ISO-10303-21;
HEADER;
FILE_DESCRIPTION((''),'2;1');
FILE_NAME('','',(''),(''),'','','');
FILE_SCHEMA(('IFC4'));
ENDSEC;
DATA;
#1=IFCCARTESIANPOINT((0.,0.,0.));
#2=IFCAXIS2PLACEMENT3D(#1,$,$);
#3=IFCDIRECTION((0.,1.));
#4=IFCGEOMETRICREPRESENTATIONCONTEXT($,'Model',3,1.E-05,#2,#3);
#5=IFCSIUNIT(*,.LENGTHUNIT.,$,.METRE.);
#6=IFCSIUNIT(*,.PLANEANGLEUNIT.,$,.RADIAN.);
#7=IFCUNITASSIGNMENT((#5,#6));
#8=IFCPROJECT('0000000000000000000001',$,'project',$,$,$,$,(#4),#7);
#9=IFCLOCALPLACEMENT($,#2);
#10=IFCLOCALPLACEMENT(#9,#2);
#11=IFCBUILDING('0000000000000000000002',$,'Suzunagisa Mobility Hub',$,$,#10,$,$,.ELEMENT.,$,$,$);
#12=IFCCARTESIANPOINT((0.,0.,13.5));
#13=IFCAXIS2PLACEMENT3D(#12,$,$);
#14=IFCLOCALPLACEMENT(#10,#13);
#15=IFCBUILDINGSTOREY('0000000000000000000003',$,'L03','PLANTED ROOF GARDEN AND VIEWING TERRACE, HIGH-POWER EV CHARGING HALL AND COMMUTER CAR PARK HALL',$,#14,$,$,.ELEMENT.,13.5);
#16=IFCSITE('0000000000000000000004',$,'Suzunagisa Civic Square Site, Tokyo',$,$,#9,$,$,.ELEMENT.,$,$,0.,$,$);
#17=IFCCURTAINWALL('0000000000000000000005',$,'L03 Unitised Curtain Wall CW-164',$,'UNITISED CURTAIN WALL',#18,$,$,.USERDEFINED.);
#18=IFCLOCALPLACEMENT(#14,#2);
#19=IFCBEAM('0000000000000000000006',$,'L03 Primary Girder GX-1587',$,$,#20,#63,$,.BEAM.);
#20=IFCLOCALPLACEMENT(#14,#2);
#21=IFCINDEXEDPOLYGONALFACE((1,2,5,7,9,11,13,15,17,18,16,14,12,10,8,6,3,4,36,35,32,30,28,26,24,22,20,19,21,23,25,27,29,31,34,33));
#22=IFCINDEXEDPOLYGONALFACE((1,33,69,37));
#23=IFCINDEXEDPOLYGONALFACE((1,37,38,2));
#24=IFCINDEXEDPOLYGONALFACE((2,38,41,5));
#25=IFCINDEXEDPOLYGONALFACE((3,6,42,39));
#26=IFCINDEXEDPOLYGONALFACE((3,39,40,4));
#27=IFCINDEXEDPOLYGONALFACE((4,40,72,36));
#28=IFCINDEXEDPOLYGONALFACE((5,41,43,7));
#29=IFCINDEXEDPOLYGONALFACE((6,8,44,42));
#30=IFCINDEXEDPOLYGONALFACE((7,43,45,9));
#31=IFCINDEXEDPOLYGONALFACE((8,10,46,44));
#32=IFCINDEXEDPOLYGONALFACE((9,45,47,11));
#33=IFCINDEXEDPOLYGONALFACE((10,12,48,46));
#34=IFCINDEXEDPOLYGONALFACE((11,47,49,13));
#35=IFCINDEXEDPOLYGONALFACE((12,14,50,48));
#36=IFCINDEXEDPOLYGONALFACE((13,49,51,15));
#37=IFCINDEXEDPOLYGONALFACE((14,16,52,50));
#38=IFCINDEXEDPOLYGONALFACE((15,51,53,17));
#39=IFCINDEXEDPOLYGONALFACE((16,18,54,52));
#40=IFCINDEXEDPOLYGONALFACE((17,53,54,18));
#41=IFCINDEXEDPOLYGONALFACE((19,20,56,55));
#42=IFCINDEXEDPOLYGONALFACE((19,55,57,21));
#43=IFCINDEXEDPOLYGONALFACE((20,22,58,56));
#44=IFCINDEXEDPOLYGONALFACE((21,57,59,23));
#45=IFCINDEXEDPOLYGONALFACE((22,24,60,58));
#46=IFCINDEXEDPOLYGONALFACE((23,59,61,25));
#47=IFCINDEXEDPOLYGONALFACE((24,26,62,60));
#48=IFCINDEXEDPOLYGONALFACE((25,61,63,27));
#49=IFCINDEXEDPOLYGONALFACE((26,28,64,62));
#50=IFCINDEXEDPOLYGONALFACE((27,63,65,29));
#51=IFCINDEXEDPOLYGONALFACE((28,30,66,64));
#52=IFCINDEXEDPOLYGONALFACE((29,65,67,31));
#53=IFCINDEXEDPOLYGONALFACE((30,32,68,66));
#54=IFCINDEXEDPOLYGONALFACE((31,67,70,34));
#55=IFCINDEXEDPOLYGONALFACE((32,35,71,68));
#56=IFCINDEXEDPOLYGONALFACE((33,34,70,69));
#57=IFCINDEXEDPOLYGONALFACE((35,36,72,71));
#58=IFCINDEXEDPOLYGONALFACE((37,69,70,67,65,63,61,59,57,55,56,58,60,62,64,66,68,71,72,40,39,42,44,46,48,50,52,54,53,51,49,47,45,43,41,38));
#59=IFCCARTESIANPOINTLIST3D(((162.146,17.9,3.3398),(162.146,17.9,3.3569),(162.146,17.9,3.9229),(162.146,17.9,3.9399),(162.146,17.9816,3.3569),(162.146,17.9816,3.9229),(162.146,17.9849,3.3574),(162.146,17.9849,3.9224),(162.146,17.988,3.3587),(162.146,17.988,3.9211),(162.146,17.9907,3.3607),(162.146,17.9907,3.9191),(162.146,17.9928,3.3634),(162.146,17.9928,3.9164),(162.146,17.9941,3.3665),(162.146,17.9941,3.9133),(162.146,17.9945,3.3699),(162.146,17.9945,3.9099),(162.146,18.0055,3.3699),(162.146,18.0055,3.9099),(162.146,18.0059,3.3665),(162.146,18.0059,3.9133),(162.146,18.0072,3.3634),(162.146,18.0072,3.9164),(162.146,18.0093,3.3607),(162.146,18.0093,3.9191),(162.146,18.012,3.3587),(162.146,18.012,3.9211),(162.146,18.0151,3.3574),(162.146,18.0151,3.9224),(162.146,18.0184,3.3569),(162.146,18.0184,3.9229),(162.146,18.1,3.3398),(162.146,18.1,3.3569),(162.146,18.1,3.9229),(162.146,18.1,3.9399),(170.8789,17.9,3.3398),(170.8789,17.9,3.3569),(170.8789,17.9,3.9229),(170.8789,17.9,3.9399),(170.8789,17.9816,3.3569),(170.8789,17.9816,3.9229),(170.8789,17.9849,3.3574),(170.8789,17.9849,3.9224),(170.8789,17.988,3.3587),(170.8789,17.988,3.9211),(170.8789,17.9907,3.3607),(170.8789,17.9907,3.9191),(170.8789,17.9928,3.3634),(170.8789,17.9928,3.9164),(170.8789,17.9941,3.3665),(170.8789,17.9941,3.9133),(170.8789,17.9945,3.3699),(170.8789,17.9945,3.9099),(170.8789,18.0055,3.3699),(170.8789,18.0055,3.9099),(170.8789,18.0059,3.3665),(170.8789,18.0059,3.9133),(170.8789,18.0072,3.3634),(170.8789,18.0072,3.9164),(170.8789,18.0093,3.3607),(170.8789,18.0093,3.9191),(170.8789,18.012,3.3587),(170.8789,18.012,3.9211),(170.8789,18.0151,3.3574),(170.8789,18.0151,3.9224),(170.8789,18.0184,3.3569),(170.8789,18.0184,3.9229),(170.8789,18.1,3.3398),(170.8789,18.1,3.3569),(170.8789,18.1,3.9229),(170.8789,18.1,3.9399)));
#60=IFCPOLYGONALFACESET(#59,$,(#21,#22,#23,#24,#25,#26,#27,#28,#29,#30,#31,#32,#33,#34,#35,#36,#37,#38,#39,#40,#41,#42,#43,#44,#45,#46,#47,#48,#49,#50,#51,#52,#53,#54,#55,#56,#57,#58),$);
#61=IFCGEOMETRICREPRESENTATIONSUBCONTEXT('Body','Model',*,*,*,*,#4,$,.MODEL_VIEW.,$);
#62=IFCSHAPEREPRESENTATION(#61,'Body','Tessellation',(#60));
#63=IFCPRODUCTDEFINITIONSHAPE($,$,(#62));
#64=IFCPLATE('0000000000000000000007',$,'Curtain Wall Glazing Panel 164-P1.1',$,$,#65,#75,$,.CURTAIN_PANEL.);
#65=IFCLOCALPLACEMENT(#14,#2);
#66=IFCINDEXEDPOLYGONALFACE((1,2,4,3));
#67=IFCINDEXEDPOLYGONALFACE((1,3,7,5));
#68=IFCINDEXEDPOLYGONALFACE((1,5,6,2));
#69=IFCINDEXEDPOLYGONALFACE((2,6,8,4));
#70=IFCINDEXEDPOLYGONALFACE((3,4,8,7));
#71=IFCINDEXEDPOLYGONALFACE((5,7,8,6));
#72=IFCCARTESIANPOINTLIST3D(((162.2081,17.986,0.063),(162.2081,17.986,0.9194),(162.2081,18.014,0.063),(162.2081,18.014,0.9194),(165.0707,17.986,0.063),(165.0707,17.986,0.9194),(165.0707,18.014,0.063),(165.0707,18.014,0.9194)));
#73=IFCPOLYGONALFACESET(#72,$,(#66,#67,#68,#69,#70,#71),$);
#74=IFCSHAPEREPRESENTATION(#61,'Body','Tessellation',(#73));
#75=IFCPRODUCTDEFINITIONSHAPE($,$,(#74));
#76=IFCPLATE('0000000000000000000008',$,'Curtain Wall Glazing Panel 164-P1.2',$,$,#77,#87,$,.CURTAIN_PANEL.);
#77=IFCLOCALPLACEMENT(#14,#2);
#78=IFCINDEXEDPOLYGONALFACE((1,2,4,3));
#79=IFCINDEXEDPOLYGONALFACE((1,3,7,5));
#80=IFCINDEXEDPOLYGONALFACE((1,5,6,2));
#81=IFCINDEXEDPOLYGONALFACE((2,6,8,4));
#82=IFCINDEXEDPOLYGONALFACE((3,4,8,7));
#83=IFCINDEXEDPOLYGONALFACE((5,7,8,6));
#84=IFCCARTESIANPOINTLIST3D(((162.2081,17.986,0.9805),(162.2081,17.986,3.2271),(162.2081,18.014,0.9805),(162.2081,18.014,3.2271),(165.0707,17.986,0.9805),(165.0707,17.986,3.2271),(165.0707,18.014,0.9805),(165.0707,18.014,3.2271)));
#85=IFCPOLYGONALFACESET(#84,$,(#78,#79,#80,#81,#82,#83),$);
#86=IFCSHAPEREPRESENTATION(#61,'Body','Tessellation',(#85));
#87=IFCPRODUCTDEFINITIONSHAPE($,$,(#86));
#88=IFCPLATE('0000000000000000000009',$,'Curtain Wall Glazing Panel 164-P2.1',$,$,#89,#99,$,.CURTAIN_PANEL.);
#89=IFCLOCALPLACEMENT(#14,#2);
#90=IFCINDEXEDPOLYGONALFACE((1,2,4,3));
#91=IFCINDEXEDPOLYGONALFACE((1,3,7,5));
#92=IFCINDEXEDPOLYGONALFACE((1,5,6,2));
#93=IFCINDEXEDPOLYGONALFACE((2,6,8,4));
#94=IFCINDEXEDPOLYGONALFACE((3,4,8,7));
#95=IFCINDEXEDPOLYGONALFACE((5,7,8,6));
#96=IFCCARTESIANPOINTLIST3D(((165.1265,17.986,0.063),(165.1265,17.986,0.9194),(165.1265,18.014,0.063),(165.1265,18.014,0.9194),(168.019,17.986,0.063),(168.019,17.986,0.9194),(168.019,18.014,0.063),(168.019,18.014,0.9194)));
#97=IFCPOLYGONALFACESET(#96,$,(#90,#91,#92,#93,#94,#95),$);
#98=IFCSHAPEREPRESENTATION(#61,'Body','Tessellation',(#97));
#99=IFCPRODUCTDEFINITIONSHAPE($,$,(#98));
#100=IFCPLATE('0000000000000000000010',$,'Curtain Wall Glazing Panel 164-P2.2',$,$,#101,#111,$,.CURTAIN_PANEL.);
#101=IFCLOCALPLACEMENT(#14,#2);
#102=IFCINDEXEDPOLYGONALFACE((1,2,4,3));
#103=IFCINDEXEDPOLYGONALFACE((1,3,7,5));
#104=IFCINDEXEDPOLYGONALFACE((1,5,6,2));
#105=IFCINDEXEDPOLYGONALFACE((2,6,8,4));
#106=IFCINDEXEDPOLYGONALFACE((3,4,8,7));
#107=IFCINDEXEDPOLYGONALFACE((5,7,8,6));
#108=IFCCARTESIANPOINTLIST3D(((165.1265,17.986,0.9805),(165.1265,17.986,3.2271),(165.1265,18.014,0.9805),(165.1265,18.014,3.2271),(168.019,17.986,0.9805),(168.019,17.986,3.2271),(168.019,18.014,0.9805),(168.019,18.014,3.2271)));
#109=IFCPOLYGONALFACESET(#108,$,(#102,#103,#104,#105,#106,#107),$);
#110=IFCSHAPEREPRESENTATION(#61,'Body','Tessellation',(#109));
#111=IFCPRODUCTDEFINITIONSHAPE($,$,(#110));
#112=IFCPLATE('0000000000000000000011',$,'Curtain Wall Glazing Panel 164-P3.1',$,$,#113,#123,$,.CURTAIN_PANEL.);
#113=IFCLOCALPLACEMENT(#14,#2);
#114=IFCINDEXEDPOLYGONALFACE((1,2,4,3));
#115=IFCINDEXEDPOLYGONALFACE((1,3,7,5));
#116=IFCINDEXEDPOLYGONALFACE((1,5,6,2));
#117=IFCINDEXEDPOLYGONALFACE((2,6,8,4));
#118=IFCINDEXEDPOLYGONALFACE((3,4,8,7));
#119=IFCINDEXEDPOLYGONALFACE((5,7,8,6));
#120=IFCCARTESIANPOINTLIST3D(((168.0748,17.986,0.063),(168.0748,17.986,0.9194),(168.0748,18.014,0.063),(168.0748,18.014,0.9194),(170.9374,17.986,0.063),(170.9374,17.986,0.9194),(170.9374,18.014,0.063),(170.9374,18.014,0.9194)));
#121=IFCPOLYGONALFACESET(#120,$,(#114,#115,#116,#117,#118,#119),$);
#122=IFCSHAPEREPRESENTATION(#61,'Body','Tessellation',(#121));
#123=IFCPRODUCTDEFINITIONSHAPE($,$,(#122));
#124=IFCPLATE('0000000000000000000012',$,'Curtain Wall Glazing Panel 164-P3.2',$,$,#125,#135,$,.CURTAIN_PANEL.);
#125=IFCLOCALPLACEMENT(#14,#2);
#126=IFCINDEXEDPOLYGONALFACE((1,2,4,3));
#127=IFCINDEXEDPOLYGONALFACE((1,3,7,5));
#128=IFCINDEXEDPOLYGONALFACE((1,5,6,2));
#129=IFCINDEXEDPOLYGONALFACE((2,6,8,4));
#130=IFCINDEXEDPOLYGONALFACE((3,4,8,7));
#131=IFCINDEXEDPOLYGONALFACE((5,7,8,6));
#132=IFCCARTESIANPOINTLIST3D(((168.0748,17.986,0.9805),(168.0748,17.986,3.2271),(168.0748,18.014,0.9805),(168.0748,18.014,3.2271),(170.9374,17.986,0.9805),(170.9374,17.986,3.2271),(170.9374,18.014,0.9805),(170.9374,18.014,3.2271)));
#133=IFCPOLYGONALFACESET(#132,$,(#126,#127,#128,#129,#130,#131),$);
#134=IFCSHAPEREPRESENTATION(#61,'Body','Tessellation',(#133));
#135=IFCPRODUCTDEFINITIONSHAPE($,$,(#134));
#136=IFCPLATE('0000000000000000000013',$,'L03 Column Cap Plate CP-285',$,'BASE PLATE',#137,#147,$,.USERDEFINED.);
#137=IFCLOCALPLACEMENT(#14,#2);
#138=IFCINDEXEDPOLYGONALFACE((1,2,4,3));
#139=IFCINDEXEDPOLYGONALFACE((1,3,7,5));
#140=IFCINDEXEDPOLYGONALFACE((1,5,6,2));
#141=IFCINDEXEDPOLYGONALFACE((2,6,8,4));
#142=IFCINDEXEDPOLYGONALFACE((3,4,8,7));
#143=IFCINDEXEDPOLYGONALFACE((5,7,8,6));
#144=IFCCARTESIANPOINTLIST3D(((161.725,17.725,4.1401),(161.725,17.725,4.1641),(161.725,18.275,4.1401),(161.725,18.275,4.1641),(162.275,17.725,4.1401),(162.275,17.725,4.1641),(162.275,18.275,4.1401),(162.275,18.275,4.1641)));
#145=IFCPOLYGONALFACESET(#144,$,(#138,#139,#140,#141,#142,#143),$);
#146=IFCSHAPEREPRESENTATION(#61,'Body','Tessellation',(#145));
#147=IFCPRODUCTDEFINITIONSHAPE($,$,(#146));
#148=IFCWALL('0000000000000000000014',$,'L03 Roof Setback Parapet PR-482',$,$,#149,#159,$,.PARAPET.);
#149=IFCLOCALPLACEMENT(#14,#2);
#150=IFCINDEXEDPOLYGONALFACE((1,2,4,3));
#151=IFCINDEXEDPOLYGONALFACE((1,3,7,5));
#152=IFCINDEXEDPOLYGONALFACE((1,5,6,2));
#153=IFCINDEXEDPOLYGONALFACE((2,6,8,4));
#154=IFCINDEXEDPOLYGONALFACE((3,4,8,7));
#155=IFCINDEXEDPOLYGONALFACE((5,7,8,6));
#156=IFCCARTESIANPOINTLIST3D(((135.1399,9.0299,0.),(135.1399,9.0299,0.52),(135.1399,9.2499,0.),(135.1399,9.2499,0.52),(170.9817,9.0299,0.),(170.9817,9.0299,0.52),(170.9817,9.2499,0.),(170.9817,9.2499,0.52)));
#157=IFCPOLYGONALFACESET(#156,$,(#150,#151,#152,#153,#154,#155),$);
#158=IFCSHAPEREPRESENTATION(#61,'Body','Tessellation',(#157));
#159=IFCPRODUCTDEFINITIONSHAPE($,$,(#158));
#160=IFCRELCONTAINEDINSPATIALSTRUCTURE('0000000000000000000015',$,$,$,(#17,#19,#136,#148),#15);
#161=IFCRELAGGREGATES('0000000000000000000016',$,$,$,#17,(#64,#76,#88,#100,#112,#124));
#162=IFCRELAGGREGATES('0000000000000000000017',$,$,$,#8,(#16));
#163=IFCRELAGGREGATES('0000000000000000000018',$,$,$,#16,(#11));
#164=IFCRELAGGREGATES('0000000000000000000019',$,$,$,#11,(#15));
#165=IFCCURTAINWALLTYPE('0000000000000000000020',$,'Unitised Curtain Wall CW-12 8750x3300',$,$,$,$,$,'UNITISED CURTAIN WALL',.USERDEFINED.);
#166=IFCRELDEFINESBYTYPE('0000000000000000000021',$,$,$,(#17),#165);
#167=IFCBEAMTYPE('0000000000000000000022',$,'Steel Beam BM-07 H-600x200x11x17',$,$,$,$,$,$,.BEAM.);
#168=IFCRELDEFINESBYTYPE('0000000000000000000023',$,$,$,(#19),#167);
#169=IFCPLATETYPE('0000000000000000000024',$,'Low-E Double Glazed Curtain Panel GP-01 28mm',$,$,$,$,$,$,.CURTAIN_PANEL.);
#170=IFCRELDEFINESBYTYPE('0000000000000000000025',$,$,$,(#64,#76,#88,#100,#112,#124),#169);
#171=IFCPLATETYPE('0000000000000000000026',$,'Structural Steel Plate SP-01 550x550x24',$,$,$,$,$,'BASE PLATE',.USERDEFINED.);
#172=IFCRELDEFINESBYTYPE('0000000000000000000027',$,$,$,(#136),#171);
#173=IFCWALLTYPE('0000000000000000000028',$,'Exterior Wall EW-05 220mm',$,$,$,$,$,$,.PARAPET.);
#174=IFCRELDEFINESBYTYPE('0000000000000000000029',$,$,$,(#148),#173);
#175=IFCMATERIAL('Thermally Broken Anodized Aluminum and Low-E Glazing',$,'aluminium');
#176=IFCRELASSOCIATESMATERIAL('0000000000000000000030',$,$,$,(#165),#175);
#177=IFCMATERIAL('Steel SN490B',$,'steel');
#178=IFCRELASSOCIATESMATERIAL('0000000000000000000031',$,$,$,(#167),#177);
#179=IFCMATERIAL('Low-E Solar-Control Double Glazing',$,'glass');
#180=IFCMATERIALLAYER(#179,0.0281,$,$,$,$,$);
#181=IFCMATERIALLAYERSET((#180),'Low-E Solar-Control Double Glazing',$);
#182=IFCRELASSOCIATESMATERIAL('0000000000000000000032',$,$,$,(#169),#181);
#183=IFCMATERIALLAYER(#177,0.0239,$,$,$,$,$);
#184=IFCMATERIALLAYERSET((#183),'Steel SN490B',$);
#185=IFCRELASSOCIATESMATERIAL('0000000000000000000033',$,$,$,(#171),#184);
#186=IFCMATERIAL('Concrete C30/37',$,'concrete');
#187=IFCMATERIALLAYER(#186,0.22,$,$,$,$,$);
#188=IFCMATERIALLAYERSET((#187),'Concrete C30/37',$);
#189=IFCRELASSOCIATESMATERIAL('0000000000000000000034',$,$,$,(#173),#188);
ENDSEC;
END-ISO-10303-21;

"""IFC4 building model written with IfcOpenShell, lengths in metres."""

from ifc_helpers import new_model, si_unit, direction, frame, frame_2d, origin, origin_2d, place, context, subcontext, project, spatial, rectangle, i_section, extrude, material, layer, layer_set, material_profile, profile_set, type_object, element, aggregate, save


model = new_model("IFC4")

# Units and contexts
model_context = context("Model", 3, precision=1e-05, world=origin(), true_north=direction((0.0, 1.0)))
body_context = subcontext(model_context, "Body", "Model", "MODEL_VIEW")
ifc_project = project(units=[si_unit("LENGTHUNIT", "METRE"), si_unit("PLANEANGLEUNIT", "RADIAN")], contexts=[model_context])

# Site, building, storey
site_placement = place(None, origin())
site = spatial("IfcSite", under=ifc_project, at=site_placement, Name="Suzunagisa Civic Square Site, Tokyo", CompositionType="ELEMENT", RefElevation=0.0)
building_placement = place(site_placement, origin())
building = spatial("IfcBuilding", under=site, at=building_placement, Name="Suzunagisa Mobility Hub", CompositionType="ELEMENT")
storey_placement = place(building_placement, frame((0.0, 0.0, 13.5)))
storey = spatial("IfcBuildingStorey", under=building, at=storey_placement, Name="L03", Description="PLANTED ROOF GARDEN AND VIEWING TERRACE, HIGH-POWER EV CHARGING HALL AND COMMUTER CAR PARK HALL", CompositionType="ELEMENT", Elevation=13.5)

# Shared definitions
ifc_material_1 = material(Name="Steel SN490B", Category="steel")

# Curtain wall
ifc_material_2 = material(Name="Thermally Broken Anodized Aluminum and Low-E Glazing", Category="aluminium")
curtain_wall_type = type_object("IfcCurtainWallType", Name="Unitised Curtain Wall CW-12 8750x3300", ElementType="UNITISED CURTAIN WALL", PredefinedType="USERDEFINED", material=ifc_material_2)
curtain_wall_placement = place(storey_placement, origin())
curtain_wall = element("IfcCurtainWall", 1, at=curtain_wall_placement, inside=storey, type_object=curtain_wall_type, Name="L03 Unitised Curtain Wall CW-164", ObjectType="UNITISED CURTAIN WALL", PredefinedType="USERDEFINED")

# Beam
ifc_material_profile_1 = material_profile(ifc_material_1, i_section(OverallWidth=0.2, OverallDepth=0.6001, WebThickness=0.011, FlangeThickness=0.0171, FilletRadius=0.0129, at=origin_2d()), Name="H-600x200x11x17")
ifc_profile_set_1 = profile_set([ifc_material_profile_1], Name="Steel SN490B")
beam_type = type_object("IfcBeamType", Name="Steel Beam BM-07 H-600x200x11x17", PredefinedType="BEAM", material=ifc_profile_set_1)
beam_placement = place(storey_placement, frame((162.146, 18.0, 3.6399), z_axis=(1.0, 0.0, 0.0), x_axis=(0.0, 1.0, 0.0)))
element("IfcBeam", 2, at=beam_placement, inside=storey, type_object=beam_type, Name="L03 Primary Girder GX-1587", PredefinedType="BEAM", context=body_context, shape_type="SweptSolid", body=[
    extrude(i_section(OverallWidth=0.2, OverallDepth=0.6001, WebThickness=0.011, FlangeThickness=0.0171, FilletRadius=0.0129, at=origin_2d()), origin(), (0.0, 0.0, 1.0), 8.7329),
])

# Plates
ifc_material_3 = material(Name="Low-E Solar-Control Double Glazing", Category="glass")
ifc_layer_1 = layer(ifc_material_3, 0.0281)
ifc_layer_set_1 = layer_set([ifc_layer_1], Name="Low-E Solar-Control Double Glazing")
plate_type_1 = type_object("IfcPlateType", Name="Low-E Double Glazed Curtain Panel GP-01 28mm", PredefinedType="CURTAIN_PANEL", material=ifc_layer_set_1)
plate_1_placement = place(storey_placement, frame((163.6394, 18.0, 0.063), z_axis=(0.0, 0.0, 1.0), x_axis=(1.0, 0.0, 0.0)))
plate_1 = element("IfcPlate", 3, at=plate_1_placement, type_object=plate_type_1, Name="Curtain Wall Glazing Panel 164-P1.1", PredefinedType="CURTAIN_PANEL", context=body_context, shape_type="SweptSolid", body=[
    extrude(rectangle(XDim=2.8625, YDim=0.0281, at=origin_2d()), origin(), (0.0, 0.0, 1.0), 0.8564),
])
plate_2_placement = place(storey_placement, frame((163.6394, 18.0, 0.9805), z_axis=(0.0, 0.0, 1.0), x_axis=(1.0, 0.0, 0.0)))
plate_2 = element("IfcPlate", 4, at=plate_2_placement, type_object=plate_type_1, Name="Curtain Wall Glazing Panel 164-P1.2", PredefinedType="CURTAIN_PANEL", context=body_context, shape_type="SweptSolid", body=[
    extrude(rectangle(XDim=2.8625, YDim=0.0281, at=origin_2d()), origin(), (0.0, 0.0, 1.0), 2.2466),
])
plate_3_placement = place(storey_placement, frame((166.5728, 18.0, 0.063), z_axis=(0.0, 0.0, 1.0), x_axis=(1.0, 0.0, 0.0)))
plate_3 = element("IfcPlate", 5, at=plate_3_placement, type_object=plate_type_1, Name="Curtain Wall Glazing Panel 164-P2.1", PredefinedType="CURTAIN_PANEL", context=body_context, shape_type="SweptSolid", body=[
    extrude(rectangle(XDim=2.8926, YDim=0.0281, at=origin_2d()), origin(), (0.0, 0.0, 1.0), 0.8564),
])
plate_4_placement = place(storey_placement, frame((166.5728, 18.0, 0.9805), z_axis=(0.0, 0.0, 1.0), x_axis=(1.0, 0.0, 0.0)))
plate_4 = element("IfcPlate", 6, at=plate_4_placement, type_object=plate_type_1, Name="Curtain Wall Glazing Panel 164-P2.2", PredefinedType="CURTAIN_PANEL", context=body_context, shape_type="SweptSolid", body=[
    extrude(rectangle(XDim=2.8926, YDim=0.0281, at=origin_2d()), origin(), (0.0, 0.0, 1.0), 2.2466),
])
plate_5_placement = place(storey_placement, frame((169.5061, 18.0, 0.063), z_axis=(0.0, 0.0, 1.0), x_axis=(1.0, 0.0, 0.0)))
plate_5 = element("IfcPlate", 7, at=plate_5_placement, type_object=plate_type_1, Name="Curtain Wall Glazing Panel 164-P3.1", PredefinedType="CURTAIN_PANEL", context=body_context, shape_type="SweptSolid", body=[
    extrude(rectangle(XDim=2.8625, YDim=0.0281, at=origin_2d()), origin(), (0.0, 0.0, 1.0), 0.8564),
])
plate_6_placement = place(storey_placement, frame((169.5061, 18.0, 0.9805), z_axis=(0.0, 0.0, 1.0), x_axis=(1.0, 0.0, 0.0)))
plate_6 = element("IfcPlate", 8, at=plate_6_placement, type_object=plate_type_1, Name="Curtain Wall Glazing Panel 164-P3.2", PredefinedType="CURTAIN_PANEL", context=body_context, shape_type="SweptSolid", body=[
    extrude(rectangle(XDim=2.8625, YDim=0.0281, at=origin_2d()), origin(), (0.0, 0.0, 1.0), 2.2466),
])
aggregate(curtain_wall, [plate_1, plate_2, plate_3, plate_4, plate_5, plate_6])
ifc_layer_2 = layer(ifc_material_1, 0.0239)
ifc_layer_set_2 = layer_set([ifc_layer_2], Name="Steel SN490B")
plate_type_2 = type_object("IfcPlateType", Name="Structural Steel Plate SP-01 550x550x24", ElementType="BASE PLATE", PredefinedType="USERDEFINED", material=ifc_layer_set_2)
plate_7_placement = place(storey_placement, frame((162.0, 18.0, 4.1401), z_axis=(0.0, 0.0, 1.0), x_axis=(1.0, 0.0, 0.0)))
element("IfcPlate", 9, at=plate_7_placement, inside=storey, type_object=plate_type_2, Name="L03 Column Cap Plate CP-285", ObjectType="BASE PLATE", PredefinedType="USERDEFINED", context=body_context, shape_type="SweptSolid", body=[
    extrude(rectangle(XDim=0.55, YDim=0.55, at=origin_2d()), origin(), (0.0, 0.0, 1.0), 0.0239),
])

# Wall
ifc_material_4 = material(Name="Concrete C30/37", Category="concrete")
ifc_layer_3 = layer(ifc_material_4, 0.22)
ifc_layer_set_3 = layer_set([ifc_layer_3], Name="Concrete C30/37")
wall_type = type_object("IfcWallType", Name="Exterior Wall EW-05 220mm", PredefinedType="PARAPET", material=ifc_layer_set_3)
wall_placement = place(storey_placement, frame((170.9817, 9.1399, 0.0), z_axis=(0.0, 0.0, 1.0), x_axis=(-1.0, 0.0, 0.0)))
element("IfcWall", 10, at=wall_placement, inside=storey, type_object=wall_type, Name="L03 Roof Setback Parapet PR-482", PredefinedType="PARAPET", context=body_context, shape_type="SweptSolid", body=[
    extrude(rectangle(XDim=35.8418, YDim=0.22, at=frame_2d((17.9209, 0.0))), origin(), (0.0, 0.0, 1.0), 0.52),
])

save(model, "model.ifc")
